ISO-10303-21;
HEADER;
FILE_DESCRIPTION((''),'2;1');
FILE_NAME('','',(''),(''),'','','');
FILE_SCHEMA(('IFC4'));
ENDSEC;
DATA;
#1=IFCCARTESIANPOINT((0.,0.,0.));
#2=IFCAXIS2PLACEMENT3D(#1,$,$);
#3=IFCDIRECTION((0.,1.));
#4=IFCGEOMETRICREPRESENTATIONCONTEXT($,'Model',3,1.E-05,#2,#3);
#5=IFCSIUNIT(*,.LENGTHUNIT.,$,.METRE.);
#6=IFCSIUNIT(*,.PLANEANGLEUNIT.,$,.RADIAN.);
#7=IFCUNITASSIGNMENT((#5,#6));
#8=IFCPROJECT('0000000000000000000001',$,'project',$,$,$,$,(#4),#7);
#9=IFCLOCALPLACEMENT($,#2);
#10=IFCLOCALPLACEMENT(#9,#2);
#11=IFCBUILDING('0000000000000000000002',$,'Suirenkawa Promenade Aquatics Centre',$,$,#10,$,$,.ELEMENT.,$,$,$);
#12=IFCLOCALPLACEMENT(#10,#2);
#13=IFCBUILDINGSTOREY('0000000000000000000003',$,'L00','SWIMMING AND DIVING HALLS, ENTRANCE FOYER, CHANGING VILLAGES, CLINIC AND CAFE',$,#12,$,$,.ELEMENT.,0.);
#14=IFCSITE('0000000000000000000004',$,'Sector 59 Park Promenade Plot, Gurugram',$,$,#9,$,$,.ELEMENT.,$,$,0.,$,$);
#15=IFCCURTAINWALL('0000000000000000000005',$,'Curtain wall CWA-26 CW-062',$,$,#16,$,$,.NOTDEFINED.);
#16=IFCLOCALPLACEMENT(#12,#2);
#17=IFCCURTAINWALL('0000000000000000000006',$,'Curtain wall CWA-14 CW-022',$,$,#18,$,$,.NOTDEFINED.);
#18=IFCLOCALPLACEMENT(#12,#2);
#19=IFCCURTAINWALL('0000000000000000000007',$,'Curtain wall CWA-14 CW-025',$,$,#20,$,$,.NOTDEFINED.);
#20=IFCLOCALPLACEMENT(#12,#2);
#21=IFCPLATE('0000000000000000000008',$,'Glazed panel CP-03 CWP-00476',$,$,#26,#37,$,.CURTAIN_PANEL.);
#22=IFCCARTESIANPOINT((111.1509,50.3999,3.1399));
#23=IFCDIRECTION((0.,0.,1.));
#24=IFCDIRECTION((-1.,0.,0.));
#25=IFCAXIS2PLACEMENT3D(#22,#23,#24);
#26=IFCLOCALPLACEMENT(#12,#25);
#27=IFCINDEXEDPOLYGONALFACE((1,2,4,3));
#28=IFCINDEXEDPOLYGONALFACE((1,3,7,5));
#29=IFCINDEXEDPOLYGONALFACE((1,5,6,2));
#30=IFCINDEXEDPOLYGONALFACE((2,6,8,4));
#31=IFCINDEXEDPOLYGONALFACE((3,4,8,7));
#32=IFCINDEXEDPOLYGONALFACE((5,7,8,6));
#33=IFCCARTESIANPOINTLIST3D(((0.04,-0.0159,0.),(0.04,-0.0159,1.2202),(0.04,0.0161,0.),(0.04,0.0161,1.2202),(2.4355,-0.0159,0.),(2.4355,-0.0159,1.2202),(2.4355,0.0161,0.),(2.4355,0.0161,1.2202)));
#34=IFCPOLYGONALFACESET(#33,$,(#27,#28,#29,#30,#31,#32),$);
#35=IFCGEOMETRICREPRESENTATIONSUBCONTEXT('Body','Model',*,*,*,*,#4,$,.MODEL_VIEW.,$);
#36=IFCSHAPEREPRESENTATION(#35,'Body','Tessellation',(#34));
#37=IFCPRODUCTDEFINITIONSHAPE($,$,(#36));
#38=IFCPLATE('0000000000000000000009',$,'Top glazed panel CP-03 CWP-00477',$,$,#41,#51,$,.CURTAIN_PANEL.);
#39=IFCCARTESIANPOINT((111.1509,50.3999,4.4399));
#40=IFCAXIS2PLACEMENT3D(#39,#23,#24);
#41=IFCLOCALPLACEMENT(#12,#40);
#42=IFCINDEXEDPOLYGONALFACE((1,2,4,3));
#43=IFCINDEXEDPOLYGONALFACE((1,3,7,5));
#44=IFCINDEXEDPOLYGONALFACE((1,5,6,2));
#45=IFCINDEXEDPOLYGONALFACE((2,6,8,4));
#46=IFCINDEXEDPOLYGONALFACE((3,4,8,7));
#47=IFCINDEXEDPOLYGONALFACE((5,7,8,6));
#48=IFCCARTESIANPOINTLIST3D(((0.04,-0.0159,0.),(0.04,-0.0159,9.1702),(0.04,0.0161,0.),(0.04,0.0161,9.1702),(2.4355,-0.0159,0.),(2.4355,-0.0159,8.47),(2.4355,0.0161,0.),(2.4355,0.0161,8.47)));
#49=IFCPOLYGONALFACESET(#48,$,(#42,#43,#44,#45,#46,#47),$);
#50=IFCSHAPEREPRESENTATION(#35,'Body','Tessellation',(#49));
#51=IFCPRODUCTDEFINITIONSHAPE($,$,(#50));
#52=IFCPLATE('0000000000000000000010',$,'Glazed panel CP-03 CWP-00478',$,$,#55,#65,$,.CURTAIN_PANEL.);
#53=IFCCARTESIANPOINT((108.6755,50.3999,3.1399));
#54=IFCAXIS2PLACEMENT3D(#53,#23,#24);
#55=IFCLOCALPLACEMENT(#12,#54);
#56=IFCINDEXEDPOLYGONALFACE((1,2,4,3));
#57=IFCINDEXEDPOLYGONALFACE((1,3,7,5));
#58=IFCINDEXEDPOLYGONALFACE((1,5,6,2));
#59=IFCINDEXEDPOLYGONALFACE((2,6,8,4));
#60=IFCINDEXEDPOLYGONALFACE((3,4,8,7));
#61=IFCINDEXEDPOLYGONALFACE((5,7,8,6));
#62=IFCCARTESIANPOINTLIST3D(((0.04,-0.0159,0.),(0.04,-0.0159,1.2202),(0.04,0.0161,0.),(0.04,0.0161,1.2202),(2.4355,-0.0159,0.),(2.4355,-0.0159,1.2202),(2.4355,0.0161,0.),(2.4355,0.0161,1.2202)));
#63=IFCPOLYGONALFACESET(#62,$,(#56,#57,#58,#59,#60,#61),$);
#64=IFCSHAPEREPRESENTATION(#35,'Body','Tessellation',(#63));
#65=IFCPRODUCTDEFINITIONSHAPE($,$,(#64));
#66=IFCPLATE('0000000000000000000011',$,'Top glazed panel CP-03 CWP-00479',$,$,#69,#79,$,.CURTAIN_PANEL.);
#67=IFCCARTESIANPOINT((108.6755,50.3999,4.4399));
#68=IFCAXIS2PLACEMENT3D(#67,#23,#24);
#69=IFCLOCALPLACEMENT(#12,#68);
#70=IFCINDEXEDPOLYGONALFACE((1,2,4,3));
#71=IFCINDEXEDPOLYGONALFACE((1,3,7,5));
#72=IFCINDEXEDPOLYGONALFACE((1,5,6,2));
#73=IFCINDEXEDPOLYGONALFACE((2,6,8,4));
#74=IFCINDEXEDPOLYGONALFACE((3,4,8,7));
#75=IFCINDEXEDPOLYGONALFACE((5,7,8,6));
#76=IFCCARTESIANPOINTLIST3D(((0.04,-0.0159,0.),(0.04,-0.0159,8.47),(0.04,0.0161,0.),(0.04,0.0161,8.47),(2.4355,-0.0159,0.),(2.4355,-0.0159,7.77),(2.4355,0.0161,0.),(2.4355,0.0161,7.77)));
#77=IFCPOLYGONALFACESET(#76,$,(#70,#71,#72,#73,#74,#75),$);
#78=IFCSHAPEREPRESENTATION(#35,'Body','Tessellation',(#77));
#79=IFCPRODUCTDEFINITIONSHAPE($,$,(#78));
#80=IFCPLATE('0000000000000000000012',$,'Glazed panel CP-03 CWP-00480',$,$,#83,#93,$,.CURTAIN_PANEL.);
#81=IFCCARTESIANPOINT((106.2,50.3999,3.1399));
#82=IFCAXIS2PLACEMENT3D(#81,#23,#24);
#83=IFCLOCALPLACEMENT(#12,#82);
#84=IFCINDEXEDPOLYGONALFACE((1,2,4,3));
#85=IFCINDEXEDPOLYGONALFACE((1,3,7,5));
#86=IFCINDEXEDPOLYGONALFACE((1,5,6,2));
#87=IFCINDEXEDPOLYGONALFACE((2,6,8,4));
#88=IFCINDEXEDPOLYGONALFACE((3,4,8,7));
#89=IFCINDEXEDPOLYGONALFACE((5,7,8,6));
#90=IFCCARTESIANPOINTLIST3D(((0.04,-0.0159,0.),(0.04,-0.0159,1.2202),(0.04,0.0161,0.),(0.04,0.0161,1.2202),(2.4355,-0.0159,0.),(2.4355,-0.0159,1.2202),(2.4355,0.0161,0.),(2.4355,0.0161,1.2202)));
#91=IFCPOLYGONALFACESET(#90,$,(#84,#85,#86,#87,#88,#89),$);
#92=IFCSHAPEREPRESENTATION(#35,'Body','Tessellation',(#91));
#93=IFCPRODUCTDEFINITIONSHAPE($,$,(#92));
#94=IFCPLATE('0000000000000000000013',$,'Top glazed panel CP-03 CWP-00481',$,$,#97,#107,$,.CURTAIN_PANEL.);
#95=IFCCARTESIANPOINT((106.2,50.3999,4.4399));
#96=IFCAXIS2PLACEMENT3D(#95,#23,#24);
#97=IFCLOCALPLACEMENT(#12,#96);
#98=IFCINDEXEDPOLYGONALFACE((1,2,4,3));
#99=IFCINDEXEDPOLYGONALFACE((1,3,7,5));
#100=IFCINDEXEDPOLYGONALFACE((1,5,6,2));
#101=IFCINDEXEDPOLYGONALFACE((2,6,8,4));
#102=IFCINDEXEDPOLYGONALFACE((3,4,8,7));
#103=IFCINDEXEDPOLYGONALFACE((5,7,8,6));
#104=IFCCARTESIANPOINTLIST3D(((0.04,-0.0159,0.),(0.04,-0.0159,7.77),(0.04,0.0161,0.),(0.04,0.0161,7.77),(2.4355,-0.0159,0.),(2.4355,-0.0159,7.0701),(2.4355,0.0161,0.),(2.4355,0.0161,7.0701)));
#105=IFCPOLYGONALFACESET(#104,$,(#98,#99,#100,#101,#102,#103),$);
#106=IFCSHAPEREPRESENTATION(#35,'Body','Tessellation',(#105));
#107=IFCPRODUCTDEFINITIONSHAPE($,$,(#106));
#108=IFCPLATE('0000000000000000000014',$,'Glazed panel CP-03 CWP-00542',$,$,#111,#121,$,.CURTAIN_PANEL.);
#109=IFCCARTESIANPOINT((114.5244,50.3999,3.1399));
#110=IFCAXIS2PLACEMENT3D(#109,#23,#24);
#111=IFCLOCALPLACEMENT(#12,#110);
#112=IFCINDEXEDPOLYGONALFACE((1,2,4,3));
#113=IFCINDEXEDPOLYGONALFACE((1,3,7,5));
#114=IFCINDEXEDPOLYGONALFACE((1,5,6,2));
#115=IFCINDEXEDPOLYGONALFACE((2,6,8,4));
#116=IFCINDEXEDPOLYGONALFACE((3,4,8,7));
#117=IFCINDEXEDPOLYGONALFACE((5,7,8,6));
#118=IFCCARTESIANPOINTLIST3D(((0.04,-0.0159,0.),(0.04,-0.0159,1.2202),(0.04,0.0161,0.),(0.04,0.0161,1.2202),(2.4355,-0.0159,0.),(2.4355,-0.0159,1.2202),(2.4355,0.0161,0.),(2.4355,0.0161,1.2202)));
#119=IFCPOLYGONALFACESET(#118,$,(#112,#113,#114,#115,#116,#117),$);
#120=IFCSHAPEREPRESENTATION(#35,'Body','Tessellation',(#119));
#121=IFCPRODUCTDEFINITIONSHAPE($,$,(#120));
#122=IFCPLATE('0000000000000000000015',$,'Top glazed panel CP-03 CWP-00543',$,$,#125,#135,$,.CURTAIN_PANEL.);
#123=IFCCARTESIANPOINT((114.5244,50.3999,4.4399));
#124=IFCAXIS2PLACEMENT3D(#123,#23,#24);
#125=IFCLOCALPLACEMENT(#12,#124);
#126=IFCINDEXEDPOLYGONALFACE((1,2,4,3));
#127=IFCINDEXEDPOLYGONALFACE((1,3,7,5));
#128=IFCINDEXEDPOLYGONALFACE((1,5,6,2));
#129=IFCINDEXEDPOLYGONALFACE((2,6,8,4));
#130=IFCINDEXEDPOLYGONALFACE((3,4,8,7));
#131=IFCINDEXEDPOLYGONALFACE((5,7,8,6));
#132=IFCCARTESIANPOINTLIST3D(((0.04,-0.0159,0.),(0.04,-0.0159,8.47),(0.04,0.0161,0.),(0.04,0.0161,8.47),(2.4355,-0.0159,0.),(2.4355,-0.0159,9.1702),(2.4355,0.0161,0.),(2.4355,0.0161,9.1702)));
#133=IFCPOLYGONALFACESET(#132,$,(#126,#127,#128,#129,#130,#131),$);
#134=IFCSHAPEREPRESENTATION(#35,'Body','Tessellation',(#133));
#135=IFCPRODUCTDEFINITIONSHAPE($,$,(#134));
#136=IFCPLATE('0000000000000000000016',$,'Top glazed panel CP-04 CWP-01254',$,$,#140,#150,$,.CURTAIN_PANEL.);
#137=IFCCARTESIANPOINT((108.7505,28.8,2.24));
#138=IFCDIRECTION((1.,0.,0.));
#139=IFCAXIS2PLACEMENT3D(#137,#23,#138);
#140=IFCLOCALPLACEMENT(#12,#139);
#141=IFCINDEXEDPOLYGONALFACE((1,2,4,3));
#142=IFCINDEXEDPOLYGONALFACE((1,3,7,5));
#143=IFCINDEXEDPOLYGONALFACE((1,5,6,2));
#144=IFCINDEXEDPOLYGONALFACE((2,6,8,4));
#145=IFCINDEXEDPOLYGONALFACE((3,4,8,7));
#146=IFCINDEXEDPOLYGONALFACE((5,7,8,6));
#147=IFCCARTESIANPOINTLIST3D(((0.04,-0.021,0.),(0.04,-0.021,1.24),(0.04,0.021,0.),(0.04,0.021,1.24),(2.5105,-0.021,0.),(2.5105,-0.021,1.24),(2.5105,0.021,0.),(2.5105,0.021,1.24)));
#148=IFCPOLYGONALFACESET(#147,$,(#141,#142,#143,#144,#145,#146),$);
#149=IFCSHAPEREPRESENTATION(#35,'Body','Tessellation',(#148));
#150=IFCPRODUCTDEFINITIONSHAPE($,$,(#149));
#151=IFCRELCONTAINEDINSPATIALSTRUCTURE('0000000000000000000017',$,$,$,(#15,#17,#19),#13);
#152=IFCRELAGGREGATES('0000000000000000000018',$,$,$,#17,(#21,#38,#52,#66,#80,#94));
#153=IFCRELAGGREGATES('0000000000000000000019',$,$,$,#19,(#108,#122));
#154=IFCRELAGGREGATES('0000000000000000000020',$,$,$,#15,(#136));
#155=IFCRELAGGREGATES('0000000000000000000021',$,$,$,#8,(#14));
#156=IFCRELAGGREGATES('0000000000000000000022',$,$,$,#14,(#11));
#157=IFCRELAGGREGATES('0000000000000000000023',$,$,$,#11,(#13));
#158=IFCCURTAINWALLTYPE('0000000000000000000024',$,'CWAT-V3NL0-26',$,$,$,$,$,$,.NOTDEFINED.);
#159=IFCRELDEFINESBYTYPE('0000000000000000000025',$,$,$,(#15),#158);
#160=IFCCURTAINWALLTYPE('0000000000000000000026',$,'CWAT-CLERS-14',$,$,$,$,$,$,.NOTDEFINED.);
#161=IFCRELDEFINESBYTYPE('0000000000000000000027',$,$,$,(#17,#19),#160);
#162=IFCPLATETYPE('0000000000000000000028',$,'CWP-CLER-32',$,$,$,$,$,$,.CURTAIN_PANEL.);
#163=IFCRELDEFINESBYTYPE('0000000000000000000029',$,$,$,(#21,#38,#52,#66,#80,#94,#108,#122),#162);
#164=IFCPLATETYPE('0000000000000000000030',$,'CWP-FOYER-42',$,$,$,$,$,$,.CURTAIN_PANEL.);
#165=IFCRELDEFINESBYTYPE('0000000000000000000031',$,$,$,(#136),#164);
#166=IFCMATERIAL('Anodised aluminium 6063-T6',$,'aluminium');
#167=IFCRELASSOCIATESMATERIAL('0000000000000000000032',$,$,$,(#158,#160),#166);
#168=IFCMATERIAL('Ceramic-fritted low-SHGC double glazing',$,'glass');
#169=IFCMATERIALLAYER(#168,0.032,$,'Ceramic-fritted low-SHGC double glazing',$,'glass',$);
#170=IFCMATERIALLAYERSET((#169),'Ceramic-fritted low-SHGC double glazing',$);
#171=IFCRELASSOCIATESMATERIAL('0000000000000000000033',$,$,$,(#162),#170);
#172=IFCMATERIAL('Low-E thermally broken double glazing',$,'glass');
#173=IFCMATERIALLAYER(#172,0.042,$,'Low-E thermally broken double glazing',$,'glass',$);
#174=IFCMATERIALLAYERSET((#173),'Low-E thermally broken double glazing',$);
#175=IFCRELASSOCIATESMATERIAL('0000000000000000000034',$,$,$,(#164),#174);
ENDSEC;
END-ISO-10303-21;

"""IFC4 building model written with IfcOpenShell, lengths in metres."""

from ifc_helpers import new_model, si_unit, direction, frame, origin, place, context, subcontext, project, spatial, polyline, outline, extrude, material, layer, layer_set, type_object, element, aggregate, save


model = new_model("IFC4")

# Units and contexts
model_context = context("Model", 3, precision=1e-05, world=origin(), true_north=direction((0.0, 1.0)))
body_context = subcontext(model_context, "Body", "Model", "MODEL_VIEW")
ifc_project = project(units=[si_unit("LENGTHUNIT", "METRE"), si_unit("PLANEANGLEUNIT", "RADIAN")], contexts=[model_context])

# Site, building, storey
site_placement = place(None, origin())
site = spatial("IfcSite", under=ifc_project, at=site_placement, Name="Sector 59 Park Promenade Plot, Gurugram", CompositionType="ELEMENT", RefElevation=0.0)
building_placement = place(site_placement, origin())
building = spatial("IfcBuilding", under=site, at=building_placement, Name="Suirenkawa Promenade Aquatics Centre", CompositionType="ELEMENT")
storey_placement = place(building_placement, origin())
storey = spatial("IfcBuildingStorey", under=building, at=storey_placement, Name="L00", Description="SWIMMING AND DIVING HALLS, ENTRANCE FOYER, CHANGING VILLAGES, CLINIC AND CAFE", CompositionType="ELEMENT", Elevation=0.0)

# Curtain wall
ifc_material_1 = material(Name="Anodised aluminium 6063-T6", Category="aluminium")
curtain_wall_type_1 = type_object("IfcCurtainWallType", Name="CWAT-V3NL0-26", PredefinedType="NOTDEFINED", material=ifc_material_1)
curtain_wall_1_placement = place(storey_placement, origin())
curtain_wall_1 = element("IfcCurtainWall", 1, at=curtain_wall_1_placement, inside=storey, type_object=curtain_wall_type_1, Name="Curtain wall CWA-26 CW-062", PredefinedType="NOTDEFINED")

# Curtain walls
curtain_wall_type_2 = type_object("IfcCurtainWallType", Name="CWAT-CLERS-14", PredefinedType="NOTDEFINED", material=ifc_material_1)
curtain_wall_2_placement = place(storey_placement, origin())
curtain_wall_2 = element("IfcCurtainWall", 2, at=curtain_wall_2_placement, inside=storey, type_object=curtain_wall_type_2, Name="Curtain wall CWA-14 CW-022", PredefinedType="NOTDEFINED")
curtain_wall_3_placement = place(storey_placement, origin())
curtain_wall_3 = element("IfcCurtainWall", 3, at=curtain_wall_3_placement, inside=storey, type_object=curtain_wall_type_2, Name="Curtain wall CWA-14 CW-025", PredefinedType="NOTDEFINED")

# Plates
ifc_material_2 = material(Name="Ceramic-fritted low-SHGC double glazing", Category="glass")
ifc_layer_1 = layer(ifc_material_2, 0.032, Name="Ceramic-fritted low-SHGC double glazing", Category="glass")
ifc_layer_set_1 = layer_set([ifc_layer_1], Name="Ceramic-fritted low-SHGC double glazing")
plate_type_1 = type_object("IfcPlateType", Name="CWP-CLER-32", PredefinedType="CURTAIN_PANEL", material=ifc_layer_set_1)
plate_1_placement = place(storey_placement, frame((111.1509, 50.3999, 3.1399), z_axis=(0.0, 0.0, 1.0), x_axis=(-1.0, 0.0, 0.0)))
plate_1 = element("IfcPlate", 4, at=plate_1_placement, type_object=plate_type_1, Name="Glazed panel CP-03 CWP-00476", PredefinedType="CURTAIN_PANEL", context=body_context, shape_type="SweptSolid", body=[
    extrude(outline(polyline([(0.04, 0.0), (2.4355, 0.0), (2.4355, 1.2202), (0.04, 1.2202), (0.04, 0.0)])), frame((0.0, 0.0161, 0.0), z_axis=(0.0, -1.0, 0.0), x_axis=(1.0, 0.0, 0.0)), (0.0, 0.0, 1.0), 0.032),
])
plate_2_placement = place(storey_placement, frame((111.1509, 50.3999, 4.4399), z_axis=(0.0, 0.0, 1.0), x_axis=(-1.0, 0.0, 0.0)))
plate_2 = element("IfcPlate", 5, at=plate_2_placement, type_object=plate_type_1, Name="Top glazed panel CP-03 CWP-00477", PredefinedType="CURTAIN_PANEL", context=body_context, shape_type="SweptSolid", body=[
    extrude(outline(polyline([(0.04, 0.0), (2.4355, 0.0), (2.4355, 8.47), (0.04, 9.1702), (0.04, 0.0)])), frame((0.0, 0.0161, 0.0), z_axis=(0.0, -1.0, 0.0), x_axis=(1.0, 0.0, 0.0)), (0.0, 0.0, 1.0), 0.032),
])
plate_3_placement = place(storey_placement, frame((108.6755, 50.3999, 3.1399), z_axis=(0.0, 0.0, 1.0), x_axis=(-1.0, 0.0, 0.0)))
plate_3 = element("IfcPlate", 6, at=plate_3_placement, type_object=plate_type_1, Name="Glazed panel CP-03 CWP-00478", PredefinedType="CURTAIN_PANEL", context=body_context, shape_type="SweptSolid", body=[
    extrude(outline(polyline([(0.04, 0.0), (2.4355, 0.0), (2.4355, 1.2202), (0.04, 1.2202), (0.04, 0.0)])), frame((0.0, 0.0161, 0.0), z_axis=(0.0, -1.0, 0.0), x_axis=(1.0, 0.0, 0.0)), (0.0, 0.0, 1.0), 0.032),
])
plate_4_placement = place(storey_placement, frame((108.6755, 50.3999, 4.4399), z_axis=(0.0, 0.0, 1.0), x_axis=(-1.0, 0.0, 0.0)))
plate_4 = element("IfcPlate", 7, at=plate_4_placement, type_object=plate_type_1, Name="Top glazed panel CP-03 CWP-00479", PredefinedType="CURTAIN_PANEL", context=body_context, shape_type="SweptSolid", body=[
    extrude(outline(polyline([(0.04, 0.0), (2.4355, 0.0), (2.4355, 7.77), (0.04, 8.47), (0.04, 0.0)])), frame((0.0, 0.0161, 0.0), z_axis=(0.0, -1.0, 0.0), x_axis=(1.0, 0.0, 0.0)), (0.0, 0.0, 1.0), 0.032),
])
plate_5_placement = place(storey_placement, frame((106.2, 50.3999, 3.1399), z_axis=(0.0, 0.0, 1.0), x_axis=(-1.0, 0.0, 0.0)))
plate_5 = element("IfcPlate", 8, at=plate_5_placement, type_object=plate_type_1, Name="Glazed panel CP-03 CWP-00480", PredefinedType="CURTAIN_PANEL", context=body_context, shape_type="SweptSolid", body=[
    extrude(outline(polyline([(0.04, 0.0), (2.4355, 0.0), (2.4355, 1.2202), (0.04, 1.2202), (0.04, 0.0)])), frame((0.0, 0.0161, 0.0), z_axis=(0.0, -1.0, 0.0), x_axis=(1.0, 0.0, 0.0)), (0.0, 0.0, 1.0), 0.032),
])
plate_6_placement = place(storey_placement, frame((106.2, 50.3999, 4.4399), z_axis=(0.0, 0.0, 1.0), x_axis=(-1.0, 0.0, 0.0)))
plate_6 = element("IfcPlate", 9, at=plate_6_placement, type_object=plate_type_1, Name="Top glazed panel CP-03 CWP-00481", PredefinedType="CURTAIN_PANEL", context=body_context, shape_type="SweptSolid", body=[
    extrude(outline(polyline([(0.04, 0.0), (2.4355, 0.0), (2.4355, 7.0701), (0.04, 7.77), (0.04, 0.0)])), frame((0.0, 0.0161, 0.0), z_axis=(0.0, -1.0, 0.0), x_axis=(1.0, 0.0, 0.0)), (0.0, 0.0, 1.0), 0.032),
])
aggregate(curtain_wall_2, [plate_1, plate_2, plate_3, plate_4, plate_5, plate_6])
plate_7_placement = place(storey_placement, frame((114.5244, 50.3999, 3.1399), z_axis=(0.0, 0.0, 1.0), x_axis=(-1.0, 0.0, 0.0)))
plate_7 = element("IfcPlate", 10, at=plate_7_placement, type_object=plate_type_1, Name="Glazed panel CP-03 CWP-00542", PredefinedType="CURTAIN_PANEL", context=body_context, shape_type="SweptSolid", body=[
    extrude(outline(polyline([(0.04, 0.0), (2.4355, 0.0), (2.4355, 1.2202), (0.04, 1.2202), (0.04, 0.0)])), frame((0.0, 0.0161, 0.0), z_axis=(0.0, -1.0, 0.0), x_axis=(1.0, 0.0, 0.0)), (0.0, 0.0, 1.0), 0.032),
])
plate_8_placement = place(storey_placement, frame((114.5244, 50.3999, 4.4399), z_axis=(0.0, 0.0, 1.0), x_axis=(-1.0, 0.0, 0.0)))
plate_8 = element("IfcPlate", 11, at=plate_8_placement, type_object=plate_type_1, Name="Top glazed panel CP-03 CWP-00543", PredefinedType="CURTAIN_PANEL", context=body_context, shape_type="SweptSolid", body=[
    extrude(outline(polyline([(0.04, 0.0), (2.4355, 0.0), (2.4355, 9.1702), (0.04, 8.47), (0.04, 0.0)])), frame((0.0, 0.0161, 0.0), z_axis=(0.0, -1.0, 0.0), x_axis=(1.0, 0.0, 0.0)), (0.0, 0.0, 1.0), 0.032),
])
aggregate(curtain_wall_3, [plate_7, plate_8])
ifc_material_3 = material(Name="Low-E thermally broken double glazing", Category="glass")
ifc_layer_2 = layer(ifc_material_3, 0.042, Name="Low-E thermally broken double glazing", Category="glass")
ifc_layer_set_2 = layer_set([ifc_layer_2], Name="Low-E thermally broken double glazing")
plate_type_2 = type_object("IfcPlateType", Name="CWP-FOYER-42", PredefinedType="CURTAIN_PANEL", material=ifc_layer_set_2)
plate_9_placement = place(storey_placement, frame((108.7505, 28.8, 2.24), z_axis=(0.0, 0.0, 1.0), x_axis=(1.0, 0.0, 0.0)))
plate_9 = element("IfcPlate", 12, at=plate_9_placement, type_object=plate_type_2, Name="Top glazed panel CP-04 CWP-01254", PredefinedType="CURTAIN_PANEL", context=body_context, shape_type="SweptSolid", body=[
    extrude(outline(polyline([(0.04, 0.0), (2.5105, 0.0), (2.5105, 1.24), (0.04, 1.24), (0.04, 0.0)])), frame((0.0, 0.021, 0.0), z_axis=(0.0, -1.0, 0.0), x_axis=(1.0, 0.0, 0.0)), (0.0, 0.0, 1.0), 0.042),
])
aggregate(curtain_wall_1, [plate_9])

save(model, "model.ifc")
